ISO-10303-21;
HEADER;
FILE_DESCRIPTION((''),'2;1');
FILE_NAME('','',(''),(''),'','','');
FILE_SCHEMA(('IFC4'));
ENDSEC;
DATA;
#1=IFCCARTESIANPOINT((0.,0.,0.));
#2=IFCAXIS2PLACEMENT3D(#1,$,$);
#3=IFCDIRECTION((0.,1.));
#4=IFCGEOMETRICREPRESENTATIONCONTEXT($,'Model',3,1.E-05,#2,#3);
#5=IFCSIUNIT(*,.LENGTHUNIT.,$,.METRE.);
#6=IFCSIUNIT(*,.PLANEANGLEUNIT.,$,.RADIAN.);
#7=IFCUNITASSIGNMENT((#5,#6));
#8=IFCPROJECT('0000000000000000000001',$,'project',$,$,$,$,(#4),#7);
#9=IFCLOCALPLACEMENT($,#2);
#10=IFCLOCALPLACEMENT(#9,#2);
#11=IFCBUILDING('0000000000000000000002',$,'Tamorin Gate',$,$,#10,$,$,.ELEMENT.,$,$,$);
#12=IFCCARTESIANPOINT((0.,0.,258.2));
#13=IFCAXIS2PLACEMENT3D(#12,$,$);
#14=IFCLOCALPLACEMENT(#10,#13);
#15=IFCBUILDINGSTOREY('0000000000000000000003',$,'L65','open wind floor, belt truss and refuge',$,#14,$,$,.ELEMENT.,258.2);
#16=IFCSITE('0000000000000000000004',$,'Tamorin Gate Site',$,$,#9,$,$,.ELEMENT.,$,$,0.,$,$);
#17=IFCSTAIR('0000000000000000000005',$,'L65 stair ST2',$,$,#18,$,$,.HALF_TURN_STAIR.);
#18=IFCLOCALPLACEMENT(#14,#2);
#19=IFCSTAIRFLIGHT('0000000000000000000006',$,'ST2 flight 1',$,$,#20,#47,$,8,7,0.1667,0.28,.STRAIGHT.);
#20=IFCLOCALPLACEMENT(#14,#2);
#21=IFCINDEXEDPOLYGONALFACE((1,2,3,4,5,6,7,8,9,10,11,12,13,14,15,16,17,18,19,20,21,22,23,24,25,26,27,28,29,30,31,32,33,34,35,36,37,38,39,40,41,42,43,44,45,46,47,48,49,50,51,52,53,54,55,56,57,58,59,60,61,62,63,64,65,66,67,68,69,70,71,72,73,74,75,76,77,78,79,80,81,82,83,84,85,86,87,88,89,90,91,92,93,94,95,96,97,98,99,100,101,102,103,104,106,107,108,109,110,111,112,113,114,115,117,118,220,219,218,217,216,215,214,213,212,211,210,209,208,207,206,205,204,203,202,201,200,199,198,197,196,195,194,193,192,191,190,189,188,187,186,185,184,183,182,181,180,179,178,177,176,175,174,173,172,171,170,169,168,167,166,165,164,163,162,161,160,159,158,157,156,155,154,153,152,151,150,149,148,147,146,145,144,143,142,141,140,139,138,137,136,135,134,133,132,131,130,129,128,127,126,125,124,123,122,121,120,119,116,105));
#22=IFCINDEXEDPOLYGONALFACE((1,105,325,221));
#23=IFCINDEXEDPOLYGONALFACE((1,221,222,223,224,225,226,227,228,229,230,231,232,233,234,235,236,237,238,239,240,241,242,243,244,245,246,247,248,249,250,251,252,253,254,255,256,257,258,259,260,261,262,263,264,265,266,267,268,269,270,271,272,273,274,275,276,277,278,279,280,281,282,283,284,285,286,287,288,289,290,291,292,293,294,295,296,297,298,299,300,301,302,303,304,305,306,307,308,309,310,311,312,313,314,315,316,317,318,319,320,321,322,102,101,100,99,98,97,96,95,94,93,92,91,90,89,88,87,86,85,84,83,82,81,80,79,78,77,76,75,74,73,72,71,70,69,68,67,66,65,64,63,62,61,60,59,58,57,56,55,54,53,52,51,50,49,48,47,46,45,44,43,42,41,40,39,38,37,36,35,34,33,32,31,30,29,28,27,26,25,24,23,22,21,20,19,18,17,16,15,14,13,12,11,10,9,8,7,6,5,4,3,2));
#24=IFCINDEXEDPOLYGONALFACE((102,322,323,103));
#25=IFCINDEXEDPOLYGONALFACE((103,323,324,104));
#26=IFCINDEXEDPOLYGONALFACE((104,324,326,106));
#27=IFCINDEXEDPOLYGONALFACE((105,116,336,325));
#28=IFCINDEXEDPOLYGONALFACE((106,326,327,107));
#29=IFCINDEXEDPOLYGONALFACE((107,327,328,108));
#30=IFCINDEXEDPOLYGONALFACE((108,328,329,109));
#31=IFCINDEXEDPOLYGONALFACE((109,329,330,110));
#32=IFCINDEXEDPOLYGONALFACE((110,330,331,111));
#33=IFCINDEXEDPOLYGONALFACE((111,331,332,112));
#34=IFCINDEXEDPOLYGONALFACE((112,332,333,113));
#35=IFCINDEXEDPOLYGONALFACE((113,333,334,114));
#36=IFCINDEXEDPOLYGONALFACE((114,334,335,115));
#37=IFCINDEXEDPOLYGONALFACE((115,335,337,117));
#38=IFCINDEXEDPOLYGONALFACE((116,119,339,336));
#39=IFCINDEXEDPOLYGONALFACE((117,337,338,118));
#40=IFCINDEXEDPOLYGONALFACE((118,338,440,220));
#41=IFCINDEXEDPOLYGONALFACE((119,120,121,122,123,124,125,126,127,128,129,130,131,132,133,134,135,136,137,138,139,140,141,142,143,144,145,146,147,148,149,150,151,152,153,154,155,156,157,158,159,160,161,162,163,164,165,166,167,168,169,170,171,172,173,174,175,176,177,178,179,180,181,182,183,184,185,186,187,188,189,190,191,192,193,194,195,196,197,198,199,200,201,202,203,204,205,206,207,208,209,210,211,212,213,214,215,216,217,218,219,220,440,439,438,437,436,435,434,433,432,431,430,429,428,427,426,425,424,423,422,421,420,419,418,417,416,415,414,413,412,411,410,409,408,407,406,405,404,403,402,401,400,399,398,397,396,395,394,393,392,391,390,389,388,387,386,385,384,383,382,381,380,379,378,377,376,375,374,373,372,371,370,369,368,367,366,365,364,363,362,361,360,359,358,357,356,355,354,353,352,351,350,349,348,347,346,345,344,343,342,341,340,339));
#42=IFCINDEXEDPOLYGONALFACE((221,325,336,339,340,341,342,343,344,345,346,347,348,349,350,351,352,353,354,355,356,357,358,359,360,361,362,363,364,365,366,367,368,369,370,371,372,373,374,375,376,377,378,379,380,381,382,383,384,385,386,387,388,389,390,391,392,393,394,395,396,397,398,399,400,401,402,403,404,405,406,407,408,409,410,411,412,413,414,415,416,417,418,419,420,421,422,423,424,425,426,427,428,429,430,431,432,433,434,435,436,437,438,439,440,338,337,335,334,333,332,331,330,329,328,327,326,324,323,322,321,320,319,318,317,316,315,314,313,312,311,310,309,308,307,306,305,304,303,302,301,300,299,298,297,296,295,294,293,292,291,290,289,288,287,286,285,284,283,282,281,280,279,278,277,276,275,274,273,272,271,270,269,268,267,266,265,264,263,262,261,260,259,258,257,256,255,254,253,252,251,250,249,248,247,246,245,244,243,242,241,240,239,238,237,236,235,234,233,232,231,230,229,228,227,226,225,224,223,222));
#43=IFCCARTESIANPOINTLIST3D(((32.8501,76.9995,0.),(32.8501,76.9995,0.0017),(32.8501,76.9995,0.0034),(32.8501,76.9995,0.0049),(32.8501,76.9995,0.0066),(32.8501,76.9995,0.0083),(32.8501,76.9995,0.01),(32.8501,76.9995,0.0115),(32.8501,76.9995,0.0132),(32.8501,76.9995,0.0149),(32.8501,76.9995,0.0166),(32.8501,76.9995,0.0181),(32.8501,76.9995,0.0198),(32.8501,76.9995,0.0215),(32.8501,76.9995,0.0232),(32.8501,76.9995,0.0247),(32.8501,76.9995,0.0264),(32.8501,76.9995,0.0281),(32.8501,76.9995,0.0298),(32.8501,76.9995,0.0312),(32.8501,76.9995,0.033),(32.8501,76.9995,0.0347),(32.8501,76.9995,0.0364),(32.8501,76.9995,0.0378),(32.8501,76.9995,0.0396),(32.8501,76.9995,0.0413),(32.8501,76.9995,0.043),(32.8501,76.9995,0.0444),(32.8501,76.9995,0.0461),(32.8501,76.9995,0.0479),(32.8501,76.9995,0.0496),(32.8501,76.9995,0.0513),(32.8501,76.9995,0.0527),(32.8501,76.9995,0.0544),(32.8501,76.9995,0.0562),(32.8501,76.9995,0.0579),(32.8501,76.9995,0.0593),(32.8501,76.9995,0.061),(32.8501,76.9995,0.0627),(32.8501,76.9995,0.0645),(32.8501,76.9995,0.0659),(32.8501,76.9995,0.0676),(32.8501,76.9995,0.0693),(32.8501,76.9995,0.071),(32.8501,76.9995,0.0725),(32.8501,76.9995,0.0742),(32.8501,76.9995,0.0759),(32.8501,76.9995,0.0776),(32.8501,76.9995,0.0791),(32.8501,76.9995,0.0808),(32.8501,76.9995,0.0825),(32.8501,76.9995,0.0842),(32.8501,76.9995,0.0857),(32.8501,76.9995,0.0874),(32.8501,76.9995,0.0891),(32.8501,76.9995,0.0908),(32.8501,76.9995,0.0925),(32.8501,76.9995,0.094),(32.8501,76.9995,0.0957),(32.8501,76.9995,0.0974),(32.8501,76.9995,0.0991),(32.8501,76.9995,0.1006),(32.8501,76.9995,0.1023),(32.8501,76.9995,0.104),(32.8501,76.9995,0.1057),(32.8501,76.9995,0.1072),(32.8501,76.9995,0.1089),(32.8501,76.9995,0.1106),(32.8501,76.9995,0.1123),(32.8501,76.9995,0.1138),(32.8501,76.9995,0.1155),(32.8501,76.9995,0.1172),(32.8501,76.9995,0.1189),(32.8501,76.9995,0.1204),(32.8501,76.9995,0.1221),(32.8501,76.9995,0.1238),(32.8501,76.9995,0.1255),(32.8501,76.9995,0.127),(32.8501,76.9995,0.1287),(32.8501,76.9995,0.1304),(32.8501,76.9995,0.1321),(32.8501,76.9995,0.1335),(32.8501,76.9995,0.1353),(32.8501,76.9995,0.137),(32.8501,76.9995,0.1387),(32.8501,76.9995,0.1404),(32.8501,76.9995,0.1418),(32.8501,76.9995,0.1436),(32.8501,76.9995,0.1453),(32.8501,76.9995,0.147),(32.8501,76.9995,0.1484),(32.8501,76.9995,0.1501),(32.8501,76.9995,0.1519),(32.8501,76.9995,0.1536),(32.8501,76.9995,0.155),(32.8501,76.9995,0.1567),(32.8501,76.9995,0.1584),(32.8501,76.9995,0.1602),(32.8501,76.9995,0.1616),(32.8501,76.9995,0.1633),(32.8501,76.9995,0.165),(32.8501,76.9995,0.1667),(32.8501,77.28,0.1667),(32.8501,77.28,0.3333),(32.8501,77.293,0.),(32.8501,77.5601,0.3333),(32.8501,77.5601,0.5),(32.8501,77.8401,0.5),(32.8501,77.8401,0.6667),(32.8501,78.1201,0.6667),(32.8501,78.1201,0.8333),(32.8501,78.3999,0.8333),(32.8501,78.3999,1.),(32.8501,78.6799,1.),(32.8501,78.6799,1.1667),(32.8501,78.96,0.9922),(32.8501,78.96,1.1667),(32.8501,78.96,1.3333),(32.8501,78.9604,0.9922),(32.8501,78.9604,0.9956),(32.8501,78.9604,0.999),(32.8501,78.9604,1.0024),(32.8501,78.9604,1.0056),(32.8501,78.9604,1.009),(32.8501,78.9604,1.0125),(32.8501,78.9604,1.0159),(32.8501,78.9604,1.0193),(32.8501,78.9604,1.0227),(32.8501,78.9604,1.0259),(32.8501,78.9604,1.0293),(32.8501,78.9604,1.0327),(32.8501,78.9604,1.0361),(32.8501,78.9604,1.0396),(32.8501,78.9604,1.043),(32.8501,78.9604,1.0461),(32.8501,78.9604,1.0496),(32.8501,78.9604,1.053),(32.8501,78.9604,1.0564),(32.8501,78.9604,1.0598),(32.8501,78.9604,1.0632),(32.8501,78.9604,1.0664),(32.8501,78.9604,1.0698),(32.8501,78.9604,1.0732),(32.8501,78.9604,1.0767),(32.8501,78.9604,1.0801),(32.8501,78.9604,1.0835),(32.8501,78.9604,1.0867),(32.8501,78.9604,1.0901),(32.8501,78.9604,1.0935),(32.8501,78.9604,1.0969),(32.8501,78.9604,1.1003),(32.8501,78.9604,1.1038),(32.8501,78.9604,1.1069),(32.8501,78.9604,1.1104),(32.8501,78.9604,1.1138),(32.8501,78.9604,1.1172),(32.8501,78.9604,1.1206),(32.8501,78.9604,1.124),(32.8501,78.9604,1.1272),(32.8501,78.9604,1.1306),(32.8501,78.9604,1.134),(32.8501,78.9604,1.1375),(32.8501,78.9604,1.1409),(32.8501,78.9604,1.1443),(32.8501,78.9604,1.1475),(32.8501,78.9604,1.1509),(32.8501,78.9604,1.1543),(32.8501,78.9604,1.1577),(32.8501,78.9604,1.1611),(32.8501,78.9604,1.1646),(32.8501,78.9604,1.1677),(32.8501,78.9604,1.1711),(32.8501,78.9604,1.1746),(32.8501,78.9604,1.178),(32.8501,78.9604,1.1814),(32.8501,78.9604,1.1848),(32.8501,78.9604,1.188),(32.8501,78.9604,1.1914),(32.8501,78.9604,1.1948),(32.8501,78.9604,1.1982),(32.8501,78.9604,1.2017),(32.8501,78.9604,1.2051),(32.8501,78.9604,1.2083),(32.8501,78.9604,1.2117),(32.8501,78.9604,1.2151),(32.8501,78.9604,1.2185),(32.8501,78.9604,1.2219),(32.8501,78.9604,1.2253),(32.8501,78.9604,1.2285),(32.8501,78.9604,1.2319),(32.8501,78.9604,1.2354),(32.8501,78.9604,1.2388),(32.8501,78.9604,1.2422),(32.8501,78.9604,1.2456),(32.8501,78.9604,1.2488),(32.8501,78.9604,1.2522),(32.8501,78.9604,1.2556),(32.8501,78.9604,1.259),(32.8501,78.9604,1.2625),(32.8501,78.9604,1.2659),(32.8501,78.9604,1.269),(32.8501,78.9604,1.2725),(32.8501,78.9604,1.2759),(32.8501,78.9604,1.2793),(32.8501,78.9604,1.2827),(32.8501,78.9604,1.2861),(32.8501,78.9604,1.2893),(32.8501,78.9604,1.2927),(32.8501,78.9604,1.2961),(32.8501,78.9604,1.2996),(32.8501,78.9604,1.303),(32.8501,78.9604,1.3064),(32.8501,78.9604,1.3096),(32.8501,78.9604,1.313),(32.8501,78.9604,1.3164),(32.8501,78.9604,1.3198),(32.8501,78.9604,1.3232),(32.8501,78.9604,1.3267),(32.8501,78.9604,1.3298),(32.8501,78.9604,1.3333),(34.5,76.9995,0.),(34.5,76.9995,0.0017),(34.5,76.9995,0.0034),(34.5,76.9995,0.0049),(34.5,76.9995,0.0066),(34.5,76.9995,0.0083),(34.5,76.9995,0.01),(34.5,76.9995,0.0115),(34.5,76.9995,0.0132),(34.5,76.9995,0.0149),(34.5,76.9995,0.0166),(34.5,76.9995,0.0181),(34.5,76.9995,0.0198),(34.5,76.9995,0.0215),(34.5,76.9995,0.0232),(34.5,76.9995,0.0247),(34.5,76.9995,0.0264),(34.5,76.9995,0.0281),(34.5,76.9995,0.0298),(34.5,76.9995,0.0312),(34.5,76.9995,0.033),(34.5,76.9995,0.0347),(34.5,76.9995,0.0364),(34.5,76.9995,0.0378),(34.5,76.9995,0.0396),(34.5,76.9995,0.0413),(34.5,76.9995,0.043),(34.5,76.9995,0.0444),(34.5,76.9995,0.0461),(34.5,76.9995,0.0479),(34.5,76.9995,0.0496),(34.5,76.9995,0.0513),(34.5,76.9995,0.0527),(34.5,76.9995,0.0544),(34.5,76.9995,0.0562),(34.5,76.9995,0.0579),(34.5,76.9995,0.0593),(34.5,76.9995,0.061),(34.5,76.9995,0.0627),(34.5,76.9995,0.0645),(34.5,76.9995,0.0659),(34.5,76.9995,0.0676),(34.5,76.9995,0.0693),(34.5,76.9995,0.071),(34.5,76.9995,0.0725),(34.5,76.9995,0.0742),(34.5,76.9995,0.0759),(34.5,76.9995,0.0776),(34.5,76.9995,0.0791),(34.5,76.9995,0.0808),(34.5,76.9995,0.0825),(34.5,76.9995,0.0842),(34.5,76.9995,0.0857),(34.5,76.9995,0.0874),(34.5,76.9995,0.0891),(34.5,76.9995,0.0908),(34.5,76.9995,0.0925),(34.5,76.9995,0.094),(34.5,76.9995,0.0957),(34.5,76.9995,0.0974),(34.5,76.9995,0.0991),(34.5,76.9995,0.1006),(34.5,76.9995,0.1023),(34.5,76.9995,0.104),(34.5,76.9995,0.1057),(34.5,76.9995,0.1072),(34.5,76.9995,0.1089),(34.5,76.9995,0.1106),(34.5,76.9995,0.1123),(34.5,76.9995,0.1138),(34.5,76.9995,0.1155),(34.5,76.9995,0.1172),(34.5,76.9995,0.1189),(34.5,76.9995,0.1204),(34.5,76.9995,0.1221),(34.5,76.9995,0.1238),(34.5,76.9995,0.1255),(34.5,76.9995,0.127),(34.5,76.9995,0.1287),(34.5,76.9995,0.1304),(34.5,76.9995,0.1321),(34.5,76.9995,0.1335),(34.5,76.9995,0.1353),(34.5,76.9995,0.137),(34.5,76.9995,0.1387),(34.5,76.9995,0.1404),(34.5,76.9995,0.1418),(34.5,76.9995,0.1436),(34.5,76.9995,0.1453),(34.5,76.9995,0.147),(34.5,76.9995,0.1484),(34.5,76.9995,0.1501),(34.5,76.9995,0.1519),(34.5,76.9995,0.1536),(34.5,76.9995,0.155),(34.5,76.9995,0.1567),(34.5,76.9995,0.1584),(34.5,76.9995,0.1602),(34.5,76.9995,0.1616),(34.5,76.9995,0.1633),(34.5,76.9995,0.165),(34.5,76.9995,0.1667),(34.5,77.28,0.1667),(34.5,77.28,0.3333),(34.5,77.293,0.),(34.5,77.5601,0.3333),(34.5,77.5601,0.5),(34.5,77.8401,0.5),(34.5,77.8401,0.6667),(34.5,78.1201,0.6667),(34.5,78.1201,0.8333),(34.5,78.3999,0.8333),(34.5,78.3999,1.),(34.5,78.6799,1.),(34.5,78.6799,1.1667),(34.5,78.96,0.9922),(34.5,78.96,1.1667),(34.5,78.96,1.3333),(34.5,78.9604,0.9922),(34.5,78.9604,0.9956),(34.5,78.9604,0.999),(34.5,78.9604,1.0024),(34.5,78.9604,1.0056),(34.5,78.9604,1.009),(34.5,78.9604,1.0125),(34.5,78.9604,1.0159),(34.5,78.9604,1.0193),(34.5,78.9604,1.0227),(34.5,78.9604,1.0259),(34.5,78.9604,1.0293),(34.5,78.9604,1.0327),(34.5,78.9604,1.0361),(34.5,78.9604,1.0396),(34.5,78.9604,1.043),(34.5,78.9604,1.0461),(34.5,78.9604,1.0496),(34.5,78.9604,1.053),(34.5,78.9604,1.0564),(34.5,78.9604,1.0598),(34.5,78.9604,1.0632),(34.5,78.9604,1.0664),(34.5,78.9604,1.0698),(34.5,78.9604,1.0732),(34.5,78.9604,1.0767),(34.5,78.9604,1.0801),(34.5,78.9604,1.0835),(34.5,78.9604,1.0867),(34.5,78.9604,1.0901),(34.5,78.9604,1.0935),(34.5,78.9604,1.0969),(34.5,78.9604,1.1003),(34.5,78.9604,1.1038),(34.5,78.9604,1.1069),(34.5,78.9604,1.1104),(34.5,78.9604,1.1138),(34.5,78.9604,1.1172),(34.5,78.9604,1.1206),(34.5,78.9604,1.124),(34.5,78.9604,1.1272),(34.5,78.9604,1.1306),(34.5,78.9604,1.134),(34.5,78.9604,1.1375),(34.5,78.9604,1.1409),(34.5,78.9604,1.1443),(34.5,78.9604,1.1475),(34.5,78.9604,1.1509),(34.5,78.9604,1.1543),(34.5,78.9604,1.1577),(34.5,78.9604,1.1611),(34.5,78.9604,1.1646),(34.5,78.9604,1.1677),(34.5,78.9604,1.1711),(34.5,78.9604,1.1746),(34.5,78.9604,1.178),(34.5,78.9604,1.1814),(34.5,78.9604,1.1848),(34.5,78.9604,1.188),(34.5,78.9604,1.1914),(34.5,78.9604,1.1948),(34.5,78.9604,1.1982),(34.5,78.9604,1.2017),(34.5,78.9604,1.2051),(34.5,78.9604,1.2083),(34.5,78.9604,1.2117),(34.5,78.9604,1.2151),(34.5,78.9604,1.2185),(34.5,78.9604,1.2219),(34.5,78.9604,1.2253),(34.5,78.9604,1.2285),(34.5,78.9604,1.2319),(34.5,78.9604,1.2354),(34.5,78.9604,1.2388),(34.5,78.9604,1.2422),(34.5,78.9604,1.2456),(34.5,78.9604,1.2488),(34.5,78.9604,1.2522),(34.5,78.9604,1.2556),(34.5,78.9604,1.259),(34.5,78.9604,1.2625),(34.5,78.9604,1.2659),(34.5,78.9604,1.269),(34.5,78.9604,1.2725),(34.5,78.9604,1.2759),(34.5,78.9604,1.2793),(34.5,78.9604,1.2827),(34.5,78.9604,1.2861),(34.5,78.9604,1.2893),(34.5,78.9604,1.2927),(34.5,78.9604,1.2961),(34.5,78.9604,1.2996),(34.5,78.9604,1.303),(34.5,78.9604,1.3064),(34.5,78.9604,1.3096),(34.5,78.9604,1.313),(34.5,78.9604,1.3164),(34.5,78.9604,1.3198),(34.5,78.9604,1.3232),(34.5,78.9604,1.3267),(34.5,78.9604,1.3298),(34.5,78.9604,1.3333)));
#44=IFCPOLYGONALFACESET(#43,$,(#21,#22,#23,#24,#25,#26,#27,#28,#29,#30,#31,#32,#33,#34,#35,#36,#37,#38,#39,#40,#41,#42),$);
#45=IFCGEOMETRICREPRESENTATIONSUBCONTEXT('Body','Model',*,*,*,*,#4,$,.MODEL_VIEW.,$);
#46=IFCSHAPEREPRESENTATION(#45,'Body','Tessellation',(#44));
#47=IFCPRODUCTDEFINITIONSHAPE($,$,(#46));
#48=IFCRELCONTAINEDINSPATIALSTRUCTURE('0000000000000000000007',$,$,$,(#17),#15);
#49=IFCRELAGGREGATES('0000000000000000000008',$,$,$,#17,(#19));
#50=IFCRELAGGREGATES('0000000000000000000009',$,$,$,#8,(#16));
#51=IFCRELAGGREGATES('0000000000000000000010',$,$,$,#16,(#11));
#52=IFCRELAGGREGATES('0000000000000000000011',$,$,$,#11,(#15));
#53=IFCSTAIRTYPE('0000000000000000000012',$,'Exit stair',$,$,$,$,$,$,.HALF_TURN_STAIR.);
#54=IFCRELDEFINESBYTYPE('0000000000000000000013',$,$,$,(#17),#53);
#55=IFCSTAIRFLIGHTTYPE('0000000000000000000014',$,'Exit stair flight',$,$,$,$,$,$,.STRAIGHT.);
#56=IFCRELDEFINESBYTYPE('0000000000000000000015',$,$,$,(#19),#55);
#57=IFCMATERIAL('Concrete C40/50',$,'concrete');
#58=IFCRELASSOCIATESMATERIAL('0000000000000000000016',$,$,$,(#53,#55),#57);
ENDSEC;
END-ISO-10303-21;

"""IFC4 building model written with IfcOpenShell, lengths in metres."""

from ifc_helpers import new_model, si_unit, direction, frame, origin, place, context, subcontext, project, spatial, polyline, outline, extrude, material, type_object, element, aggregate, save


model = new_model("IFC4")

# Units and contexts
model_context = context("Model", 3, precision=1e-05, world=origin(), true_north=direction((0.0, 1.0)))
body_context = subcontext(model_context, "Body", "Model", "MODEL_VIEW")
ifc_project = project(units=[si_unit("LENGTHUNIT", "METRE"), si_unit("PLANEANGLEUNIT", "RADIAN")], contexts=[model_context])

# Site, building, storey
site_placement = place(None, origin())
site = spatial("IfcSite", under=ifc_project, at=site_placement, Name="Tamorin Gate Site", CompositionType="ELEMENT", RefElevation=0.0)
building_placement = place(site_placement, origin())
building = spatial("IfcBuilding", under=site, at=building_placement, Name="Tamorin Gate", CompositionType="ELEMENT")
storey_placement = place(building_placement, frame((0.0, 0.0, 258.2)))
storey = spatial("IfcBuildingStorey", under=building, at=storey_placement, Name="L65", Description="open wind floor, belt truss and refuge", CompositionType="ELEMENT", Elevation=258.2)

# Shared definitions
ifc_material_1 = material(Name="Concrete C40/50", Category="concrete")

# Stair, stair flight
stair_type = type_object("IfcStairType", Name="Exit stair", PredefinedType="HALF_TURN_STAIR", material=ifc_material_1)
stair_flight_type = type_object("IfcStairFlightType", Name="Exit stair flight", PredefinedType="STRAIGHT", material=ifc_material_1)
stair_1_placement = place(storey_placement, origin())
stair_1 = element("IfcStair", 1, at=stair_1_placement, inside=storey, type_object=stair_type, Name="L65 stair ST2", PredefinedType="HALF_TURN_STAIR")
stair_flight_1_placement = place(storey_placement, frame((33.675, 77.0, 0.0), z_axis=(0.0, 0.0, 1.0), x_axis=(0.0, 1.0, 0.0)))
stair_flight_1 = element("IfcStairFlight", 2, at=stair_flight_1_placement, type_object=stair_flight_type, Name="ST2 flight 1", NumberOfRisers=8, NumberOfTreads=7, PredefinedType="STRAIGHT", RiserHeight=0.1667, TreadLength=0.28, context=body_context, shape_type="SweptSolid", body=[
    extrude(outline(polyline([(-0.0005, 0.0), (-0.0005, 0.0017), (-0.0005, 0.0034), (-0.0005, 0.0049), (-0.0005, 0.0066), (-0.0005, 0.0083), (-0.0005, 0.01), (-0.0005, 0.0115), (-0.0005, 0.0132), (-0.0005, 0.0149), (-0.0005, 0.0166), (-0.0005, 0.0181), (-0.0005, 0.0198), (-0.0005, 0.0215), (-0.0005, 0.0232), (-0.0005, 0.0247), (-0.0005, 0.0264), (-0.0005, 0.0281), (-0.0005, 0.0298), (-0.0005, 0.0312), (-0.0005, 0.033), (-0.0005, 0.0347), (-0.0005, 0.0364), (-0.0005, 0.0378), (-0.0005, 0.0396), (-0.0005, 0.0413), (-0.0005, 0.043), (-0.0005, 0.0444), (-0.0005, 0.0461), (-0.0005, 0.0479), (-0.0005, 0.0496), (-0.0005, 0.0513), (-0.0005, 0.0527), (-0.0005, 0.0544), (-0.0005, 0.0562), (-0.0005, 0.0579), (-0.0005, 0.0593), (-0.0005, 0.061), (-0.0005, 0.0627), (-0.0005, 0.0645), (-0.0005, 0.0659), (-0.0005, 0.0676), (-0.0005, 0.0693), (-0.0005, 0.071), (-0.0005, 0.0725), (-0.0005, 0.0742), (-0.0005, 0.0759), (-0.0005, 0.0776), (-0.0005, 0.0791), (-0.0005, 0.0808), (-0.0005, 0.0825), (-0.0005, 0.0842), (-0.0005, 0.0857), (-0.0005, 0.0874), (-0.0005, 0.0891), (-0.0005, 0.0908), (-0.0005, 0.0925), (-0.0005, 0.094), (-0.0005, 0.0957), (-0.0005, 0.0974), (-0.0005, 0.0991), (-0.0005, 0.1006), (-0.0005, 0.1023), (-0.0005, 0.104), (-0.0005, 0.1057), (-0.0005, 0.1072), (-0.0005, 0.1089), (-0.0005, 0.1106), (-0.0005, 0.1123), (-0.0005, 0.1138), (-0.0005, 0.1155), (-0.0005, 0.1172), (-0.0005, 0.1189), (-0.0005, 0.1204), (-0.0005, 0.1221), (-0.0005, 0.1238), (-0.0005, 0.1255), (-0.0005, 0.127), (-0.0005, 0.1287), (-0.0005, 0.1304), (-0.0005, 0.1321), (-0.0005, 0.1335), (-0.0005, 0.1353), (-0.0005, 0.137), (-0.0005, 0.1387), (-0.0005, 0.1404), (-0.0005, 0.1418), (-0.0005, 0.1436), (-0.0005, 0.1453), (-0.0005, 0.147), (-0.0005, 0.1484), (-0.0005, 0.1501), (-0.0005, 0.1519), (-0.0005, 0.1536), (-0.0005, 0.155), (-0.0005, 0.1567), (-0.0005, 0.1584), (-0.0005, 0.1602), (-0.0005, 0.1616), (-0.0005, 0.1633), (-0.0005, 0.165), (-0.0005, 0.1667), (0.28, 0.1667), (0.28, 0.3333), (0.5601, 0.3333), (0.5601, 0.5), (0.8401, 0.5), (0.8401, 0.6667), (1.1201, 0.6667), (1.1201, 0.8333), (1.3999, 0.8333), (1.3999, 1.0), (1.6799, 1.0), (1.6799, 1.1667), (1.96, 1.1667), (1.96, 1.3333), (1.9604, 1.3333), (1.9604, 1.3298), (1.9604, 1.3267), (1.9604, 1.3232), (1.9604, 1.3198), (1.9604, 1.3164), (1.9604, 1.313), (1.9604, 1.3096), (1.9604, 1.3064), (1.9604, 1.303), (1.9604, 1.2996), (1.9604, 1.2961), (1.9604, 1.2927), (1.9604, 1.2893), (1.9604, 1.2861), (1.9604, 1.2827), (1.9604, 1.2793), (1.9604, 1.2759), (1.9604, 1.2725), (1.9604, 1.269), (1.9604, 1.2659), (1.9604, 1.2625), (1.9604, 1.259), (1.9604, 1.2556), (1.9604, 1.2522), (1.9604, 1.2488), (1.9604, 1.2456), (1.9604, 1.2422), (1.9604, 1.2388), (1.9604, 1.2354), (1.9604, 1.2319), (1.9604, 1.2285), (1.9604, 1.2253), (1.9604, 1.2219), (1.9604, 1.2185), (1.9604, 1.2151), (1.9604, 1.2117), (1.9604, 1.2083), (1.9604, 1.2051), (1.9604, 1.2017), (1.9604, 1.1982), (1.9604, 1.1948), (1.9604, 1.1914), (1.9604, 1.188), (1.9604, 1.1848), (1.9604, 1.1814), (1.9604, 1.178), (1.9604, 1.1746), (1.9604, 1.1711), (1.9604, 1.1677), (1.9604, 1.1646), (1.9604, 1.1611), (1.9604, 1.1577), (1.9604, 1.1543), (1.9604, 1.1509), (1.9604, 1.1475), (1.9604, 1.1443), (1.9604, 1.1409), (1.9604, 1.1375), (1.9604, 1.134), (1.9604, 1.1306), (1.9604, 1.1272), (1.9604, 1.124), (1.9604, 1.1206), (1.9604, 1.1172), (1.9604, 1.1138), (1.9604, 1.1104), (1.9604, 1.1069), (1.9604, 1.1038), (1.9604, 1.1003), (1.9604, 1.0969), (1.9604, 1.0935), (1.9604, 1.0901), (1.9604, 1.0867), (1.9604, 1.0835), (1.9604, 1.0801), (1.9604, 1.0767), (1.9604, 1.0732), (1.9604, 1.0698), (1.9604, 1.0664), (1.9604, 1.0632), (1.9604, 1.0598), (1.9604, 1.0564), (1.9604, 1.053), (1.9604, 1.0496), (1.9604, 1.0461), (1.9604, 1.043), (1.9604, 1.0396), (1.9604, 1.0361), (1.9604, 1.0327), (1.9604, 1.0293), (1.9604, 1.0259), (1.9604, 1.0227), (1.9604, 1.0193), (1.9604, 1.0159), (1.9604, 1.0125), (1.9604, 1.009), (1.9604, 1.0056), (1.9604, 1.0024), (1.9604, 0.999), (1.9604, 0.9956), (1.9604, 0.9922), (1.96, 0.9922), (0.293, 0.0), (-0.0005, 0.0)])), frame((0.0, 0.825, 0.0), z_axis=(0.0, -1.0, 0.0), x_axis=(1.0, 0.0, 0.0)), (0.0, 0.0, 1.0), 1.6499),
])
aggregate(stair_1, [stair_flight_1])

save(model, "model.ifc")
